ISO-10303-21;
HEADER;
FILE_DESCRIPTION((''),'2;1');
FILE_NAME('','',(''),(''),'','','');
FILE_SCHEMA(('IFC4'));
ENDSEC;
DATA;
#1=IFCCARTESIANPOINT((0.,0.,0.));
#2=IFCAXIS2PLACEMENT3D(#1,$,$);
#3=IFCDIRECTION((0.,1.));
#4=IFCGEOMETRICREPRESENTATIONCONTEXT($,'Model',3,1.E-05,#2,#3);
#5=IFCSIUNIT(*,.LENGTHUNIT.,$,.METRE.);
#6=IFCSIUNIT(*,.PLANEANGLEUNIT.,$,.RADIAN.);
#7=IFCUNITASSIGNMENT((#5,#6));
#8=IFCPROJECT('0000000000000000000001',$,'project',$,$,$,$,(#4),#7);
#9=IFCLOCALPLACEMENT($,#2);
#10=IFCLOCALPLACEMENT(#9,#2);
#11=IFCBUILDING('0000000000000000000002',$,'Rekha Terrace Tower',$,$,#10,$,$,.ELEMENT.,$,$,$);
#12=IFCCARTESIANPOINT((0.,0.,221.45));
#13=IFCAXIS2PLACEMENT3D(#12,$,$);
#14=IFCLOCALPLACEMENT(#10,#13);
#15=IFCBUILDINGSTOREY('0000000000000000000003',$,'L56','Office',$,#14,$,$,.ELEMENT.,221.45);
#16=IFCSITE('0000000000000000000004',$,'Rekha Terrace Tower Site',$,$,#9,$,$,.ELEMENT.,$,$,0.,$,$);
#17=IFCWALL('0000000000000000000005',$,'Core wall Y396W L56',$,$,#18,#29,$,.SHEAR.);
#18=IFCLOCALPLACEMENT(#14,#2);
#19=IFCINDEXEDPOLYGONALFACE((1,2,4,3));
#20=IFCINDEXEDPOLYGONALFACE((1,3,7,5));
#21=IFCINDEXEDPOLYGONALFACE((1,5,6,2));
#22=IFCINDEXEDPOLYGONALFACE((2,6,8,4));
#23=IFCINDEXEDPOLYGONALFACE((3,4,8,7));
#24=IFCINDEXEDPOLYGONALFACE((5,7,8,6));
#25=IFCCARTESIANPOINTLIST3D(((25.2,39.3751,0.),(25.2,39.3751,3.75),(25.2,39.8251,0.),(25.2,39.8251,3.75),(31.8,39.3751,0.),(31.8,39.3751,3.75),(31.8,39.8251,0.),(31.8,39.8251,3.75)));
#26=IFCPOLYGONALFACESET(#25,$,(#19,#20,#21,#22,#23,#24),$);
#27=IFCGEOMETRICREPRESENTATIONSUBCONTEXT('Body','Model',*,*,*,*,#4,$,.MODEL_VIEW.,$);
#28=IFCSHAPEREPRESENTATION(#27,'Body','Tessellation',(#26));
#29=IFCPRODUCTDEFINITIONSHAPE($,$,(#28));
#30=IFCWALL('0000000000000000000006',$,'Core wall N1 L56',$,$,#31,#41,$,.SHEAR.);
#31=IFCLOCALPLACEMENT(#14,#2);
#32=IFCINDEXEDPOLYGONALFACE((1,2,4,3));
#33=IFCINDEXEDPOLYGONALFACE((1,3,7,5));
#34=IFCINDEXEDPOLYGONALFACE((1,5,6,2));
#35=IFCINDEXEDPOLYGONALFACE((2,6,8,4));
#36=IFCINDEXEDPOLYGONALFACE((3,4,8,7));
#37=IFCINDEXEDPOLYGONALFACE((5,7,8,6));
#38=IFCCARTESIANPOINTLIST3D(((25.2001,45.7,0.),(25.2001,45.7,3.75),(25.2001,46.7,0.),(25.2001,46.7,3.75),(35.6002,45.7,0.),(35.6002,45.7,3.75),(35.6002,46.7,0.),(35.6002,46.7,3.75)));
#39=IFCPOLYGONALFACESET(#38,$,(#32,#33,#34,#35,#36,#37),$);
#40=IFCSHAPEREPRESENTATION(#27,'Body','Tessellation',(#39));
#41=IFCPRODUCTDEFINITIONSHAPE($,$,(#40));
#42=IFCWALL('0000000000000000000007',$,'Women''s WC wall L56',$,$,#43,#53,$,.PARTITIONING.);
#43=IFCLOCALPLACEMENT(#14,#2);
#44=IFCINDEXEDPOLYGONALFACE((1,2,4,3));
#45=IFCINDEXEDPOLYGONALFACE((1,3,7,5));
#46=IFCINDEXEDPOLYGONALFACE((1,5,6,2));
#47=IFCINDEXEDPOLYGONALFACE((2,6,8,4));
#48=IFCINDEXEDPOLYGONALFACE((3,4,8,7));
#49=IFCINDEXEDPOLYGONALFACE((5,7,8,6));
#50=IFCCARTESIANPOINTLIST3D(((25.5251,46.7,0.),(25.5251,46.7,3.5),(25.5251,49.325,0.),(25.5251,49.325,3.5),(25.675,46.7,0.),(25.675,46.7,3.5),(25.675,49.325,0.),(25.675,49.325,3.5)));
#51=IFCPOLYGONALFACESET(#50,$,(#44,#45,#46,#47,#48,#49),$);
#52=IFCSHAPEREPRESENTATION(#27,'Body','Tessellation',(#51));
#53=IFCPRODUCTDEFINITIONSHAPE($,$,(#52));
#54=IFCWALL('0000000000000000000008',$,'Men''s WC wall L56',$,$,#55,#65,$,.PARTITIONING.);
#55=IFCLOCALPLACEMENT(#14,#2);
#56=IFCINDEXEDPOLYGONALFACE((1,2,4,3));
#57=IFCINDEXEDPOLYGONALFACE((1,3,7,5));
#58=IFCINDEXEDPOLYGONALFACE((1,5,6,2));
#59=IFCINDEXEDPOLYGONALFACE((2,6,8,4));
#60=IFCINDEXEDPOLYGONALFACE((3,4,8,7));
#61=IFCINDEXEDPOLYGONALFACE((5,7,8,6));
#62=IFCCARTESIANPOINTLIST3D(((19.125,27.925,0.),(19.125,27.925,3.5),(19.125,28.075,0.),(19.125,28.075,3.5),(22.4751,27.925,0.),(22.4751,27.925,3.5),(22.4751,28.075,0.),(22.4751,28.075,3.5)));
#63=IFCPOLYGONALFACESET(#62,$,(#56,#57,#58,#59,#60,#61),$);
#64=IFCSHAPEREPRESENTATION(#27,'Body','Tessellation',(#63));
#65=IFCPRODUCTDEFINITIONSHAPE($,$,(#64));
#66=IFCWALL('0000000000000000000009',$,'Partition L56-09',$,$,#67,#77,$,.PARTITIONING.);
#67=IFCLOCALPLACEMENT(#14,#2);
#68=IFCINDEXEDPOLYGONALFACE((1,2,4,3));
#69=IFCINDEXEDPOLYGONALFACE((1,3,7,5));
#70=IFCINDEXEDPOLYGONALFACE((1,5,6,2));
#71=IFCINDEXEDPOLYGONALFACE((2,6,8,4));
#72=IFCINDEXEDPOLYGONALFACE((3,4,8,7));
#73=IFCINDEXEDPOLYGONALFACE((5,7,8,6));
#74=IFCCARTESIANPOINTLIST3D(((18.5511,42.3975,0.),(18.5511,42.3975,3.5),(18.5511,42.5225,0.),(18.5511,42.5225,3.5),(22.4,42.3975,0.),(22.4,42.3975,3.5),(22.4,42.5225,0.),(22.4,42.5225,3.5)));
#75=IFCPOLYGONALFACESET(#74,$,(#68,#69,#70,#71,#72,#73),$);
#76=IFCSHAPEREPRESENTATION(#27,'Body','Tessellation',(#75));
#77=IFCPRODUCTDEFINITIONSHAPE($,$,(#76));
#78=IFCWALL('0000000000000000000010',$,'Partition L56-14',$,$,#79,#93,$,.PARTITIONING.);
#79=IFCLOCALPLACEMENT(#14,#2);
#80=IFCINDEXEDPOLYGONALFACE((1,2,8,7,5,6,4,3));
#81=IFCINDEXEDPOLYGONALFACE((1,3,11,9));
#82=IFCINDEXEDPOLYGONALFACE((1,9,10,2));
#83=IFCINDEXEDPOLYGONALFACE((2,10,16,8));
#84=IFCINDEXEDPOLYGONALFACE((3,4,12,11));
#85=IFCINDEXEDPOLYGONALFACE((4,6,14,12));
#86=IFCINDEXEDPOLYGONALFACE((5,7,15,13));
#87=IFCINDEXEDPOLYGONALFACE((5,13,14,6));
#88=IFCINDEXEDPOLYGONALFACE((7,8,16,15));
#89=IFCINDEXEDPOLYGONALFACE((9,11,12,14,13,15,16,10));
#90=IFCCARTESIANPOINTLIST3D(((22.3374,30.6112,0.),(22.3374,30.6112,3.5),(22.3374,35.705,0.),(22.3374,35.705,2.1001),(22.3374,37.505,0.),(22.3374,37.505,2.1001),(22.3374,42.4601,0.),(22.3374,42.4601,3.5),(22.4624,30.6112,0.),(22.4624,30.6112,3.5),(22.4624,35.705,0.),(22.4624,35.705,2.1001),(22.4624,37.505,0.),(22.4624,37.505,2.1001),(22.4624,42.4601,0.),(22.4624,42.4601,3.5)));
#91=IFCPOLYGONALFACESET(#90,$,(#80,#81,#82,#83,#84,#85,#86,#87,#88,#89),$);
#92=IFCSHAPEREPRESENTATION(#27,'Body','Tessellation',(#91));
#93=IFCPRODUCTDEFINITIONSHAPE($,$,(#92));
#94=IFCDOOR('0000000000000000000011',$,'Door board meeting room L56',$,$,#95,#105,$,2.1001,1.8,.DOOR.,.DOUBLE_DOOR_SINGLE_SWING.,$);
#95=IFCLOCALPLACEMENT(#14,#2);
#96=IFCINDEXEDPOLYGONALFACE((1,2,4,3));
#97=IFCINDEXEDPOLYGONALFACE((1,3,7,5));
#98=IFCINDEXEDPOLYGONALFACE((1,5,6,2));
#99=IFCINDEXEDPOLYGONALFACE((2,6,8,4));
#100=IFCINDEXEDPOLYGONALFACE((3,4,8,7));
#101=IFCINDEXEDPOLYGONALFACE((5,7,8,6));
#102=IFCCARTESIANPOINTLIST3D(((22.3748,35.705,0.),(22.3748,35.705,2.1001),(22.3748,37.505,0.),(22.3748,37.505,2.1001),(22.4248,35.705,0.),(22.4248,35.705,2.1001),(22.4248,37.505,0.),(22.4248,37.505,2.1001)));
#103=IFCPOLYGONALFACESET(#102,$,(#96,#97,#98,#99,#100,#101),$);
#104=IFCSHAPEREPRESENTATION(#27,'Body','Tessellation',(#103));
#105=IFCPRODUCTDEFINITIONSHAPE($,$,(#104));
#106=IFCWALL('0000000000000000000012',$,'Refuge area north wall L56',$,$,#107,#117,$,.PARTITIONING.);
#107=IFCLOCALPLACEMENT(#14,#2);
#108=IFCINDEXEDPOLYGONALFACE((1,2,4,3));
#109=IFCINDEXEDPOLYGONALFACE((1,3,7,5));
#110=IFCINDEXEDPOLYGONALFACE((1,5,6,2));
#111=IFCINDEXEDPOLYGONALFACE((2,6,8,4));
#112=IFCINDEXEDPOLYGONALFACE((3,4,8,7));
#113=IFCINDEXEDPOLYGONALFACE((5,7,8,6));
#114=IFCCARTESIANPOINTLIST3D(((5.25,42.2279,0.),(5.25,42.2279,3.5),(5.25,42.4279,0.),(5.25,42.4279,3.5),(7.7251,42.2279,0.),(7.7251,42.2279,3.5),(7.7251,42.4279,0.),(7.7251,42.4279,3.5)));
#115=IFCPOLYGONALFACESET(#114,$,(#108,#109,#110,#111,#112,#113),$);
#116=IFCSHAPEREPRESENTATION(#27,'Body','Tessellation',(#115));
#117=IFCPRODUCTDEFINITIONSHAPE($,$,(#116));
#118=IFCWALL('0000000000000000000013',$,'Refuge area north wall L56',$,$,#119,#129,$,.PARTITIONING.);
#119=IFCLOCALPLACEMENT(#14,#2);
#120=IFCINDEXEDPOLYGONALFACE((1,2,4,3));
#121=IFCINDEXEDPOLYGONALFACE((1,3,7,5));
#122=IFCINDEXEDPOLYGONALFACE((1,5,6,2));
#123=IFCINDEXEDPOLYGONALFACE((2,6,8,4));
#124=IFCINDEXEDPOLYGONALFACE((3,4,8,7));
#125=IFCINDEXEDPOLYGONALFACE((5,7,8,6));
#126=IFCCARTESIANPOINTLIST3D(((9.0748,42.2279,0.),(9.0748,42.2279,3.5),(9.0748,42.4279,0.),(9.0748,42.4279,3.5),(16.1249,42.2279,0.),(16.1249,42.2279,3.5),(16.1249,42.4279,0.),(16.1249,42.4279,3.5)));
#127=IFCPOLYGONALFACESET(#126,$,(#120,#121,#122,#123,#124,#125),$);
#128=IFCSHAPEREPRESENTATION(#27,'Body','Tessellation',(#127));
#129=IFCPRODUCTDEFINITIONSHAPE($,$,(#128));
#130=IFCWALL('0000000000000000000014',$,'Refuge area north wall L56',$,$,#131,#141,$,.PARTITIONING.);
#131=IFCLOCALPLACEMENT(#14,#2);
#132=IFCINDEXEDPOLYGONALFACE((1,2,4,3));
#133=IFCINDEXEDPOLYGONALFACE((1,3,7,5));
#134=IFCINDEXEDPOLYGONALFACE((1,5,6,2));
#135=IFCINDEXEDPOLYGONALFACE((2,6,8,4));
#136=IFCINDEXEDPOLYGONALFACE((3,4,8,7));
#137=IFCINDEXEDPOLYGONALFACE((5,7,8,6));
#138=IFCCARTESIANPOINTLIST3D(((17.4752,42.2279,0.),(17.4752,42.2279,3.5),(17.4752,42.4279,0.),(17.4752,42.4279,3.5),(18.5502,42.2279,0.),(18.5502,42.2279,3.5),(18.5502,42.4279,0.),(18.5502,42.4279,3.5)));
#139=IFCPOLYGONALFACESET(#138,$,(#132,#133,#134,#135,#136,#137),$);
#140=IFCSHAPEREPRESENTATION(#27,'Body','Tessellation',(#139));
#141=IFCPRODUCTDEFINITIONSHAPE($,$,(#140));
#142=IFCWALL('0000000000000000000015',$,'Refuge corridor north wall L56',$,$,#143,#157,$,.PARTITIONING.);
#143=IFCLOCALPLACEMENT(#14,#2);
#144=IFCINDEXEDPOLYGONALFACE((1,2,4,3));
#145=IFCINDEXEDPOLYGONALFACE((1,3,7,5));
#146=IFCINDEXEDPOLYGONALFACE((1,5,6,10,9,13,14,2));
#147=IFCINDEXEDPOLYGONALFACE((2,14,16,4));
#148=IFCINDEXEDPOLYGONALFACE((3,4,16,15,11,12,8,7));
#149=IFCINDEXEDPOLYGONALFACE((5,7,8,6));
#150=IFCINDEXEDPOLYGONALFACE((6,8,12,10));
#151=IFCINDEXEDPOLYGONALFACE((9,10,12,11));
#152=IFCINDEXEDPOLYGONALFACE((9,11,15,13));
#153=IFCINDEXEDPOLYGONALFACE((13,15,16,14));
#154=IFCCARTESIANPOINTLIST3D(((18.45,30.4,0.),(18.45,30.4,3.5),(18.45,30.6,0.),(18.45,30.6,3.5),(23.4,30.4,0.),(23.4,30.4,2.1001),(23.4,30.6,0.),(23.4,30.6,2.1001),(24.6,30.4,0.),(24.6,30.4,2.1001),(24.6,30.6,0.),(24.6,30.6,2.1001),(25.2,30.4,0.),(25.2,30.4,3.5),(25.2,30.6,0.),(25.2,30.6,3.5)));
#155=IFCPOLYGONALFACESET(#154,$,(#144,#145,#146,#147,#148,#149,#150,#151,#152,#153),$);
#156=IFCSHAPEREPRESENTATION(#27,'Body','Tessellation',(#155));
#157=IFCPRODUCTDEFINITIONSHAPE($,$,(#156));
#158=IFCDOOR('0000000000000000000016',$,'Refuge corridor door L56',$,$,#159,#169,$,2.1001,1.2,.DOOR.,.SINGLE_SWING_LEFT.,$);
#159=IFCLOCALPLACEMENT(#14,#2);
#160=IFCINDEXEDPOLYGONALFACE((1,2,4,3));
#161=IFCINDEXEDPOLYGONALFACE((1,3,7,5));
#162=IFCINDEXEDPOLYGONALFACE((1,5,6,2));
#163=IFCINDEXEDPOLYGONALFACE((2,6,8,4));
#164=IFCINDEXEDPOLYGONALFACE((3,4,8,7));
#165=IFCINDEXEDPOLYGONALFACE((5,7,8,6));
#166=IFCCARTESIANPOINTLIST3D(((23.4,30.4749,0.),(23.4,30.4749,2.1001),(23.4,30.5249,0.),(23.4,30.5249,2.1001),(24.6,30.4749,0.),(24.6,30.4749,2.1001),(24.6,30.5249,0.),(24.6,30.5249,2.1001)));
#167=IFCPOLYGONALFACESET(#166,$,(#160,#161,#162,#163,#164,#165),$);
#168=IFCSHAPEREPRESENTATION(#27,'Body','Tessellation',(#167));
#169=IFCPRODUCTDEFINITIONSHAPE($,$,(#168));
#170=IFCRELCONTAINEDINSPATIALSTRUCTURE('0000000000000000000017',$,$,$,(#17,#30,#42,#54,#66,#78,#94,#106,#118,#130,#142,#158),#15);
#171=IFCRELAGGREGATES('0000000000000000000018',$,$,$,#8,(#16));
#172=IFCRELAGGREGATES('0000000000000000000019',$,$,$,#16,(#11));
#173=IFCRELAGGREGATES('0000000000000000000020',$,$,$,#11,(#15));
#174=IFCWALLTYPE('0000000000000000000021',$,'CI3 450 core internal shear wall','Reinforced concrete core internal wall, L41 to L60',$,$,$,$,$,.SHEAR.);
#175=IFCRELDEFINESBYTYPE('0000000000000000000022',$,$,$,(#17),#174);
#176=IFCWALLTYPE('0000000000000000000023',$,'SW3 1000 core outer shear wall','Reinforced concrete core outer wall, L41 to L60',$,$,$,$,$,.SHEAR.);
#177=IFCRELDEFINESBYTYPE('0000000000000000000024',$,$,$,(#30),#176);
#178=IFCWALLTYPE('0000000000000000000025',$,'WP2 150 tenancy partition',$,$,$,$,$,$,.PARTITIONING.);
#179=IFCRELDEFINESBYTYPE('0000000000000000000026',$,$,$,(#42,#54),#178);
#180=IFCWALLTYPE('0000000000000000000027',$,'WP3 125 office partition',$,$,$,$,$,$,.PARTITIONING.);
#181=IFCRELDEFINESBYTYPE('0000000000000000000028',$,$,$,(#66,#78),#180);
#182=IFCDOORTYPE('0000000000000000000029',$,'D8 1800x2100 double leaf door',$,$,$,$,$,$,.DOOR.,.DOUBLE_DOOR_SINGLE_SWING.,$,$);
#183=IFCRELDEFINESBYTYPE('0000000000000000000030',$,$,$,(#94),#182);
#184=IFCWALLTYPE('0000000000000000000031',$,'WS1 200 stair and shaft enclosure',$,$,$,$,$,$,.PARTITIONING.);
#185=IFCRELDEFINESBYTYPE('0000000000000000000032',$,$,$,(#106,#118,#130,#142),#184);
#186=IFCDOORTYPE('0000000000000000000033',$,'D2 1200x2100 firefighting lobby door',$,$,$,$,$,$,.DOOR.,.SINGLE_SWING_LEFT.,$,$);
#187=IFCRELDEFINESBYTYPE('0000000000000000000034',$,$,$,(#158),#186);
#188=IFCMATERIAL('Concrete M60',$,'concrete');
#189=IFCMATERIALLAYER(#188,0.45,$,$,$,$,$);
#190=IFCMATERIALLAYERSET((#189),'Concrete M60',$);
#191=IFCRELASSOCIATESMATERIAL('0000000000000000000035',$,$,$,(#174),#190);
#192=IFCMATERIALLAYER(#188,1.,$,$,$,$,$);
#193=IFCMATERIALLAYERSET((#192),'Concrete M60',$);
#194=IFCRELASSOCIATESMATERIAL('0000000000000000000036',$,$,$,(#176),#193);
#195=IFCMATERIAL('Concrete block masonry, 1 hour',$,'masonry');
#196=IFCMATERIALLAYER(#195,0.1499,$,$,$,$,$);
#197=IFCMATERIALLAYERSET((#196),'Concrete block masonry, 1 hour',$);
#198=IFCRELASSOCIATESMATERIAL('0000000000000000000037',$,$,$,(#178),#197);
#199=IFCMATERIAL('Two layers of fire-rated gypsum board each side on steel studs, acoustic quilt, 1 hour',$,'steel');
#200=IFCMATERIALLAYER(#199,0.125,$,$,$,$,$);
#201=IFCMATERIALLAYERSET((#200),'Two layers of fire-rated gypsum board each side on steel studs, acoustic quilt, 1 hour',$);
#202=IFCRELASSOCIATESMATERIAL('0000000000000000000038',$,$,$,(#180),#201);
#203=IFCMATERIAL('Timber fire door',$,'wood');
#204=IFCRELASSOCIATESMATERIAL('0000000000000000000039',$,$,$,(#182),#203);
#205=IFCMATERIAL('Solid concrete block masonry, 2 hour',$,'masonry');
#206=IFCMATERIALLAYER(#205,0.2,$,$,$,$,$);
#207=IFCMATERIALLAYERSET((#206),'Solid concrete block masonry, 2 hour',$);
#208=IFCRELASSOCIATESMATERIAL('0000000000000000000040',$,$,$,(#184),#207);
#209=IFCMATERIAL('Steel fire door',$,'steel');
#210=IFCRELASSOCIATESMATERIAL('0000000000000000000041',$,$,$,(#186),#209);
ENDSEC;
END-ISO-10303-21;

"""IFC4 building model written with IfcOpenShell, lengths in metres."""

from ifc_helpers import new_model, si_unit, direction, frame, frame_2d, origin, place, context, subcontext, project, spatial, rectangle, extrude, material, layer, layer_set, type_object, element, fill, save


model = new_model("IFC4")

# Units and contexts
model_context = context("Model", 3, precision=1e-05, world=origin(), true_north=direction((0.0, 1.0)))
body_context = subcontext(model_context, "Body", "Model", "MODEL_VIEW")
ifc_project = project(units=[si_unit("LENGTHUNIT", "METRE"), si_unit("PLANEANGLEUNIT", "RADIAN")], contexts=[model_context])

# Site, building, storey
site_placement = place(None, origin())
site = spatial("IfcSite", under=ifc_project, at=site_placement, Name="Rekha Terrace Tower Site", CompositionType="ELEMENT", RefElevation=0.0)
building_placement = place(site_placement, origin())
building = spatial("IfcBuilding", under=site, at=building_placement, Name="Rekha Terrace Tower", CompositionType="ELEMENT")
storey_placement = place(building_placement, frame((0.0, 0.0, 221.45)))
storey = spatial("IfcBuildingStorey", under=building, at=storey_placement, Name="L56", Description="Office", CompositionType="ELEMENT", Elevation=221.45)

# Shared definitions
ifc_material_1 = material(Name="Concrete M60", Category="concrete")

# Shared definitions
ifc_layer_1 = layer(ifc_material_1, 0.45)
ifc_layer_set_1 = layer_set([ifc_layer_1], Name="Concrete M60")
wall_type_1 = type_object("IfcWallType", Name="CI3 450 core internal shear wall", Description="Reinforced concrete core internal wall, L41 to L60", PredefinedType="SHEAR", material=ifc_layer_set_1)

# Walls
for number, where, z_axis, x_axis, name in (
    (1, (25.2, 39.6001, 0.0), (0.0, 0.0, 1.0), (1.0, 0.0, 0.0), "Core wall Y396W L56"),
):
    element("IfcWall", number, at=place(storey_placement, frame(where, z_axis=z_axis, x_axis=x_axis)), inside=storey, type_object=wall_type_1, Name=name, PredefinedType="SHEAR", context=body_context, shape_type="SweptSolid", body=[
        extrude(rectangle(XDim=6.6001, YDim=0.45, at=frame_2d((3.3, 0.0))), origin(), (0.0, 0.0, 1.0), 3.75),
    ])
ifc_layer_2 = layer(ifc_material_1, 1.0)
ifc_layer_set_2 = layer_set([ifc_layer_2], Name="Concrete M60")
wall_type_2 = type_object("IfcWallType", Name="SW3 1000 core outer shear wall", Description="Reinforced concrete core outer wall, L41 to L60", PredefinedType="SHEAR", material=ifc_layer_set_2)
wall_1_placement = place(storey_placement, frame((25.2, 46.2, 0.0), z_axis=(0.0, 0.0, 1.0), x_axis=(1.0, 0.0, 0.0)))
element("IfcWall", 2, at=wall_1_placement, inside=storey, type_object=wall_type_2, Name="Core wall N1 L56", PredefinedType="SHEAR", context=body_context, shape_type="SweptSolid", body=[
    extrude(rectangle(XDim=10.4001, YDim=1.0, at=frame_2d((5.2002, 0.0))), origin(), (0.0, 0.0, 1.0), 3.75),
])
ifc_material_2 = material(Name="Concrete block masonry, 1 hour", Category="masonry")
ifc_layer_3 = layer(ifc_material_2, 0.1499)
ifc_layer_set_3 = layer_set([ifc_layer_3], Name="Concrete block masonry, 1 hour")
wall_type_3 = type_object("IfcWallType", Name="WP2 150 tenancy partition", PredefinedType="PARTITIONING", material=ifc_layer_set_3)
wall_2_placement = place(storey_placement, frame((25.6001, 46.7, 0.0), z_axis=(0.0, 0.0, 1.0), x_axis=(0.0, 1.0, 0.0)))
element("IfcWall", 3, at=wall_2_placement, inside=storey, type_object=wall_type_3, Name="Women's WC wall L56", PredefinedType="PARTITIONING", context=body_context, shape_type="SweptSolid", body=[
    extrude(rectangle(XDim=2.625, YDim=0.1499, at=frame_2d((1.3125, 0.0))), origin(), (0.0, 0.0, 1.0), 3.5),
])
wall_3_placement = place(storey_placement, frame((19.125, 28.0, 0.0), z_axis=(0.0, 0.0, 1.0), x_axis=(1.0, 0.0, 0.0)))
element("IfcWall", 4, at=wall_3_placement, inside=storey, type_object=wall_type_3, Name="Men's WC wall L56", PredefinedType="PARTITIONING", context=body_context, shape_type="SweptSolid", body=[
    extrude(rectangle(XDim=3.3501, YDim=0.1499, at=frame_2d((1.675, 0.0))), origin(), (0.0, 0.0, 1.0), 3.5),
])
ifc_material_3 = material(Name="Two layers of fire-rated gypsum board each side on steel studs, acoustic quilt, 1 hour", Category="steel")
ifc_layer_4 = layer(ifc_material_3, 0.125)
ifc_layer_set_4 = layer_set([ifc_layer_4], Name="Two layers of fire-rated gypsum board each side on steel studs, acoustic quilt, 1 hour")
wall_type_4 = type_object("IfcWallType", Name="WP3 125 office partition", PredefinedType="PARTITIONING", material=ifc_layer_set_4)
wall_4_placement = place(storey_placement, frame((22.3999, 42.46, 0.0), z_axis=(0.0, 0.0, 1.0), x_axis=(-1.0, 0.0, 0.0)))
element("IfcWall", 5, at=wall_4_placement, inside=storey, type_object=wall_type_4, Name="Partition L56-09", PredefinedType="PARTITIONING", context=body_context, shape_type="SweptSolid", body=[
    extrude(rectangle(XDim=3.8489, YDim=0.125, at=frame_2d((1.9243, 0.0))), origin(), (0.0, 0.0, 1.0), 3.5),
])

# Wall, opening, door
wall_5_placement = place(storey_placement, frame((22.3999, 42.46, 0.0), z_axis=(0.0, 0.0, 1.0), x_axis=(0.0, -1.0, 0.0)))
wall_5 = element("IfcWall", 6, at=wall_5_placement, inside=storey, type_object=wall_type_4, Name="Partition L56-14", PredefinedType="PARTITIONING", context=body_context, shape_type="SweptSolid", body=[
    extrude(rectangle(XDim=11.8489, YDim=0.125, at=frame_2d((5.9243, 0.0))), origin(), (0.0, 0.0, 1.0), 3.5),
])
opening_1_placement = place(wall_5_placement, frame((4.9551, 0.0, 0.0)))
opening_1 = element("IfcOpeningElement", 7, at=opening_1_placement, cuts=wall_5, PredefinedType="OPENING", context=body_context, shape_type="SweptSolid", body=[
    extrude(rectangle(XDim=1.8, YDim=2.1001, at=frame_2d((0.8999, 1.05))), frame((0.0, 0.0725, 0.0), z_axis=(0.0, -1.0, 0.0), x_axis=(1.0, 0.0, 0.0)), (0.0, 0.0, 1.0), 0.145),
])
ifc_material_4 = material(Name="Timber fire door", Category="wood")
door_type_1 = type_object("IfcDoorType", Name="D8 1800x2100 double leaf door", OperationType="DOUBLE_DOOR_SINGLE_SWING", PredefinedType="DOOR", material=ifc_material_4)
door_1_placement = place(opening_1_placement, origin())
door_1 = element("IfcDoor", 8, at=door_1_placement, inside=storey, type_object=door_type_1, Name="Door board meeting room L56", OperationType="DOUBLE_DOOR_SINGLE_SWING", OverallHeight=2.1001, OverallWidth=1.8, PredefinedType="DOOR", context=body_context, shape_type="SweptSolid", body=[
    extrude(rectangle(XDim=1.8, YDim=2.1001, at=frame_2d((0.8999, 1.05))), frame((0.0, 0.0249, 0.0), z_axis=(0.0, -1.0, 0.0), x_axis=(1.0, 0.0, 0.0)), (0.0, 0.0, 1.0), 0.05),
])
fill(opening_1, door_1)

# Walls
ifc_material_5 = material(Name="Solid concrete block masonry, 2 hour", Category="masonry")
ifc_layer_5 = layer(ifc_material_5, 0.2)
ifc_layer_set_5 = layer_set([ifc_layer_5], Name="Solid concrete block masonry, 2 hour")
wall_type_5 = type_object("IfcWallType", Name="WS1 200 stair and shaft enclosure", PredefinedType="PARTITIONING", material=ifc_layer_set_5)
wall_6_placement = place(storey_placement, frame((5.25, 42.3279, 0.0), z_axis=(0.0, 0.0, 1.0), x_axis=(1.0, 0.0, 0.0)))
element("IfcWall", 9, at=wall_6_placement, inside=storey, type_object=wall_type_5, Name="Refuge area north wall L56", PredefinedType="PARTITIONING", context=body_context, shape_type="SweptSolid", body=[
    extrude(rectangle(XDim=2.4751, YDim=0.2, at=frame_2d((1.2375, 0.0))), origin(), (0.0, 0.0, 1.0), 3.5),
])
wall_7_placement = place(storey_placement, frame((9.075, 42.3279, 0.0), z_axis=(0.0, 0.0, 1.0), x_axis=(1.0, 0.0, 0.0)))
element("IfcWall", 10, at=wall_7_placement, inside=storey, type_object=wall_type_5, Name="Refuge area north wall L56", PredefinedType="PARTITIONING", context=body_context, shape_type="SweptSolid", body=[
    extrude(rectangle(XDim=7.05, YDim=0.2, at=frame_2d((3.5249, 0.0))), origin(), (0.0, 0.0, 1.0), 3.5),
])
wall_8_placement = place(storey_placement, frame((17.4751, 42.3279, 0.0), z_axis=(0.0, 0.0, 1.0), x_axis=(1.0, 0.0, 0.0)))
element("IfcWall", 11, at=wall_8_placement, inside=storey, type_object=wall_type_5, Name="Refuge area north wall L56", PredefinedType="PARTITIONING", context=body_context, shape_type="SweptSolid", body=[
    extrude(rectangle(XDim=1.075, YDim=0.2, at=frame_2d((0.5376, 0.0))), origin(), (0.0, 0.0, 1.0), 3.5),
])

# Wall, opening, door
wall_9_placement = place(storey_placement, frame((18.45, 30.5, 0.0), z_axis=(0.0, 0.0, 1.0), x_axis=(1.0, 0.0, 0.0)))
wall_9 = element("IfcWall", 12, at=wall_9_placement, inside=storey, type_object=wall_type_5, Name="Refuge corridor north wall L56", PredefinedType="PARTITIONING", context=body_context, shape_type="SweptSolid", body=[
    extrude(rectangle(XDim=6.75, YDim=0.2, at=frame_2d((3.375, 0.0))), origin(), (0.0, 0.0, 1.0), 3.5),
])
opening_2_placement = place(wall_9_placement, frame((4.95, 0.0, 0.0)))
opening_2 = element("IfcOpeningElement", 13, at=opening_2_placement, cuts=wall_9, PredefinedType="OPENING", context=body_context, shape_type="SweptSolid", body=[
    extrude(rectangle(XDim=1.2, YDim=2.1001, at=frame_2d((0.6001, 1.05))), frame((0.0, 0.1099, 0.0), z_axis=(0.0, -1.0, 0.0), x_axis=(1.0, 0.0, 0.0)), (0.0, 0.0, 1.0), 0.22),
])
ifc_material_6 = material(Name="Steel fire door", Category="steel")
door_type_2 = type_object("IfcDoorType", Name="D2 1200x2100 firefighting lobby door", OperationType="SINGLE_SWING_LEFT", PredefinedType="DOOR", material=ifc_material_6)
door_2_placement = place(opening_2_placement, origin())
door_2 = element("IfcDoor", 14, at=door_2_placement, inside=storey, type_object=door_type_2, Name="Refuge corridor door L56", OperationType="SINGLE_SWING_LEFT", OverallHeight=2.1001, OverallWidth=1.2, PredefinedType="DOOR", context=body_context, shape_type="SweptSolid", body=[
    extrude(rectangle(XDim=1.2, YDim=2.1001, at=frame_2d((0.6001, 1.05))), frame((0.0, 0.0249, 0.0), z_axis=(0.0, -1.0, 0.0), x_axis=(1.0, 0.0, 0.0)), (0.0, 0.0, 1.0), 0.05),
])
fill(opening_2, door_2)

save(model, "model.ifc")
